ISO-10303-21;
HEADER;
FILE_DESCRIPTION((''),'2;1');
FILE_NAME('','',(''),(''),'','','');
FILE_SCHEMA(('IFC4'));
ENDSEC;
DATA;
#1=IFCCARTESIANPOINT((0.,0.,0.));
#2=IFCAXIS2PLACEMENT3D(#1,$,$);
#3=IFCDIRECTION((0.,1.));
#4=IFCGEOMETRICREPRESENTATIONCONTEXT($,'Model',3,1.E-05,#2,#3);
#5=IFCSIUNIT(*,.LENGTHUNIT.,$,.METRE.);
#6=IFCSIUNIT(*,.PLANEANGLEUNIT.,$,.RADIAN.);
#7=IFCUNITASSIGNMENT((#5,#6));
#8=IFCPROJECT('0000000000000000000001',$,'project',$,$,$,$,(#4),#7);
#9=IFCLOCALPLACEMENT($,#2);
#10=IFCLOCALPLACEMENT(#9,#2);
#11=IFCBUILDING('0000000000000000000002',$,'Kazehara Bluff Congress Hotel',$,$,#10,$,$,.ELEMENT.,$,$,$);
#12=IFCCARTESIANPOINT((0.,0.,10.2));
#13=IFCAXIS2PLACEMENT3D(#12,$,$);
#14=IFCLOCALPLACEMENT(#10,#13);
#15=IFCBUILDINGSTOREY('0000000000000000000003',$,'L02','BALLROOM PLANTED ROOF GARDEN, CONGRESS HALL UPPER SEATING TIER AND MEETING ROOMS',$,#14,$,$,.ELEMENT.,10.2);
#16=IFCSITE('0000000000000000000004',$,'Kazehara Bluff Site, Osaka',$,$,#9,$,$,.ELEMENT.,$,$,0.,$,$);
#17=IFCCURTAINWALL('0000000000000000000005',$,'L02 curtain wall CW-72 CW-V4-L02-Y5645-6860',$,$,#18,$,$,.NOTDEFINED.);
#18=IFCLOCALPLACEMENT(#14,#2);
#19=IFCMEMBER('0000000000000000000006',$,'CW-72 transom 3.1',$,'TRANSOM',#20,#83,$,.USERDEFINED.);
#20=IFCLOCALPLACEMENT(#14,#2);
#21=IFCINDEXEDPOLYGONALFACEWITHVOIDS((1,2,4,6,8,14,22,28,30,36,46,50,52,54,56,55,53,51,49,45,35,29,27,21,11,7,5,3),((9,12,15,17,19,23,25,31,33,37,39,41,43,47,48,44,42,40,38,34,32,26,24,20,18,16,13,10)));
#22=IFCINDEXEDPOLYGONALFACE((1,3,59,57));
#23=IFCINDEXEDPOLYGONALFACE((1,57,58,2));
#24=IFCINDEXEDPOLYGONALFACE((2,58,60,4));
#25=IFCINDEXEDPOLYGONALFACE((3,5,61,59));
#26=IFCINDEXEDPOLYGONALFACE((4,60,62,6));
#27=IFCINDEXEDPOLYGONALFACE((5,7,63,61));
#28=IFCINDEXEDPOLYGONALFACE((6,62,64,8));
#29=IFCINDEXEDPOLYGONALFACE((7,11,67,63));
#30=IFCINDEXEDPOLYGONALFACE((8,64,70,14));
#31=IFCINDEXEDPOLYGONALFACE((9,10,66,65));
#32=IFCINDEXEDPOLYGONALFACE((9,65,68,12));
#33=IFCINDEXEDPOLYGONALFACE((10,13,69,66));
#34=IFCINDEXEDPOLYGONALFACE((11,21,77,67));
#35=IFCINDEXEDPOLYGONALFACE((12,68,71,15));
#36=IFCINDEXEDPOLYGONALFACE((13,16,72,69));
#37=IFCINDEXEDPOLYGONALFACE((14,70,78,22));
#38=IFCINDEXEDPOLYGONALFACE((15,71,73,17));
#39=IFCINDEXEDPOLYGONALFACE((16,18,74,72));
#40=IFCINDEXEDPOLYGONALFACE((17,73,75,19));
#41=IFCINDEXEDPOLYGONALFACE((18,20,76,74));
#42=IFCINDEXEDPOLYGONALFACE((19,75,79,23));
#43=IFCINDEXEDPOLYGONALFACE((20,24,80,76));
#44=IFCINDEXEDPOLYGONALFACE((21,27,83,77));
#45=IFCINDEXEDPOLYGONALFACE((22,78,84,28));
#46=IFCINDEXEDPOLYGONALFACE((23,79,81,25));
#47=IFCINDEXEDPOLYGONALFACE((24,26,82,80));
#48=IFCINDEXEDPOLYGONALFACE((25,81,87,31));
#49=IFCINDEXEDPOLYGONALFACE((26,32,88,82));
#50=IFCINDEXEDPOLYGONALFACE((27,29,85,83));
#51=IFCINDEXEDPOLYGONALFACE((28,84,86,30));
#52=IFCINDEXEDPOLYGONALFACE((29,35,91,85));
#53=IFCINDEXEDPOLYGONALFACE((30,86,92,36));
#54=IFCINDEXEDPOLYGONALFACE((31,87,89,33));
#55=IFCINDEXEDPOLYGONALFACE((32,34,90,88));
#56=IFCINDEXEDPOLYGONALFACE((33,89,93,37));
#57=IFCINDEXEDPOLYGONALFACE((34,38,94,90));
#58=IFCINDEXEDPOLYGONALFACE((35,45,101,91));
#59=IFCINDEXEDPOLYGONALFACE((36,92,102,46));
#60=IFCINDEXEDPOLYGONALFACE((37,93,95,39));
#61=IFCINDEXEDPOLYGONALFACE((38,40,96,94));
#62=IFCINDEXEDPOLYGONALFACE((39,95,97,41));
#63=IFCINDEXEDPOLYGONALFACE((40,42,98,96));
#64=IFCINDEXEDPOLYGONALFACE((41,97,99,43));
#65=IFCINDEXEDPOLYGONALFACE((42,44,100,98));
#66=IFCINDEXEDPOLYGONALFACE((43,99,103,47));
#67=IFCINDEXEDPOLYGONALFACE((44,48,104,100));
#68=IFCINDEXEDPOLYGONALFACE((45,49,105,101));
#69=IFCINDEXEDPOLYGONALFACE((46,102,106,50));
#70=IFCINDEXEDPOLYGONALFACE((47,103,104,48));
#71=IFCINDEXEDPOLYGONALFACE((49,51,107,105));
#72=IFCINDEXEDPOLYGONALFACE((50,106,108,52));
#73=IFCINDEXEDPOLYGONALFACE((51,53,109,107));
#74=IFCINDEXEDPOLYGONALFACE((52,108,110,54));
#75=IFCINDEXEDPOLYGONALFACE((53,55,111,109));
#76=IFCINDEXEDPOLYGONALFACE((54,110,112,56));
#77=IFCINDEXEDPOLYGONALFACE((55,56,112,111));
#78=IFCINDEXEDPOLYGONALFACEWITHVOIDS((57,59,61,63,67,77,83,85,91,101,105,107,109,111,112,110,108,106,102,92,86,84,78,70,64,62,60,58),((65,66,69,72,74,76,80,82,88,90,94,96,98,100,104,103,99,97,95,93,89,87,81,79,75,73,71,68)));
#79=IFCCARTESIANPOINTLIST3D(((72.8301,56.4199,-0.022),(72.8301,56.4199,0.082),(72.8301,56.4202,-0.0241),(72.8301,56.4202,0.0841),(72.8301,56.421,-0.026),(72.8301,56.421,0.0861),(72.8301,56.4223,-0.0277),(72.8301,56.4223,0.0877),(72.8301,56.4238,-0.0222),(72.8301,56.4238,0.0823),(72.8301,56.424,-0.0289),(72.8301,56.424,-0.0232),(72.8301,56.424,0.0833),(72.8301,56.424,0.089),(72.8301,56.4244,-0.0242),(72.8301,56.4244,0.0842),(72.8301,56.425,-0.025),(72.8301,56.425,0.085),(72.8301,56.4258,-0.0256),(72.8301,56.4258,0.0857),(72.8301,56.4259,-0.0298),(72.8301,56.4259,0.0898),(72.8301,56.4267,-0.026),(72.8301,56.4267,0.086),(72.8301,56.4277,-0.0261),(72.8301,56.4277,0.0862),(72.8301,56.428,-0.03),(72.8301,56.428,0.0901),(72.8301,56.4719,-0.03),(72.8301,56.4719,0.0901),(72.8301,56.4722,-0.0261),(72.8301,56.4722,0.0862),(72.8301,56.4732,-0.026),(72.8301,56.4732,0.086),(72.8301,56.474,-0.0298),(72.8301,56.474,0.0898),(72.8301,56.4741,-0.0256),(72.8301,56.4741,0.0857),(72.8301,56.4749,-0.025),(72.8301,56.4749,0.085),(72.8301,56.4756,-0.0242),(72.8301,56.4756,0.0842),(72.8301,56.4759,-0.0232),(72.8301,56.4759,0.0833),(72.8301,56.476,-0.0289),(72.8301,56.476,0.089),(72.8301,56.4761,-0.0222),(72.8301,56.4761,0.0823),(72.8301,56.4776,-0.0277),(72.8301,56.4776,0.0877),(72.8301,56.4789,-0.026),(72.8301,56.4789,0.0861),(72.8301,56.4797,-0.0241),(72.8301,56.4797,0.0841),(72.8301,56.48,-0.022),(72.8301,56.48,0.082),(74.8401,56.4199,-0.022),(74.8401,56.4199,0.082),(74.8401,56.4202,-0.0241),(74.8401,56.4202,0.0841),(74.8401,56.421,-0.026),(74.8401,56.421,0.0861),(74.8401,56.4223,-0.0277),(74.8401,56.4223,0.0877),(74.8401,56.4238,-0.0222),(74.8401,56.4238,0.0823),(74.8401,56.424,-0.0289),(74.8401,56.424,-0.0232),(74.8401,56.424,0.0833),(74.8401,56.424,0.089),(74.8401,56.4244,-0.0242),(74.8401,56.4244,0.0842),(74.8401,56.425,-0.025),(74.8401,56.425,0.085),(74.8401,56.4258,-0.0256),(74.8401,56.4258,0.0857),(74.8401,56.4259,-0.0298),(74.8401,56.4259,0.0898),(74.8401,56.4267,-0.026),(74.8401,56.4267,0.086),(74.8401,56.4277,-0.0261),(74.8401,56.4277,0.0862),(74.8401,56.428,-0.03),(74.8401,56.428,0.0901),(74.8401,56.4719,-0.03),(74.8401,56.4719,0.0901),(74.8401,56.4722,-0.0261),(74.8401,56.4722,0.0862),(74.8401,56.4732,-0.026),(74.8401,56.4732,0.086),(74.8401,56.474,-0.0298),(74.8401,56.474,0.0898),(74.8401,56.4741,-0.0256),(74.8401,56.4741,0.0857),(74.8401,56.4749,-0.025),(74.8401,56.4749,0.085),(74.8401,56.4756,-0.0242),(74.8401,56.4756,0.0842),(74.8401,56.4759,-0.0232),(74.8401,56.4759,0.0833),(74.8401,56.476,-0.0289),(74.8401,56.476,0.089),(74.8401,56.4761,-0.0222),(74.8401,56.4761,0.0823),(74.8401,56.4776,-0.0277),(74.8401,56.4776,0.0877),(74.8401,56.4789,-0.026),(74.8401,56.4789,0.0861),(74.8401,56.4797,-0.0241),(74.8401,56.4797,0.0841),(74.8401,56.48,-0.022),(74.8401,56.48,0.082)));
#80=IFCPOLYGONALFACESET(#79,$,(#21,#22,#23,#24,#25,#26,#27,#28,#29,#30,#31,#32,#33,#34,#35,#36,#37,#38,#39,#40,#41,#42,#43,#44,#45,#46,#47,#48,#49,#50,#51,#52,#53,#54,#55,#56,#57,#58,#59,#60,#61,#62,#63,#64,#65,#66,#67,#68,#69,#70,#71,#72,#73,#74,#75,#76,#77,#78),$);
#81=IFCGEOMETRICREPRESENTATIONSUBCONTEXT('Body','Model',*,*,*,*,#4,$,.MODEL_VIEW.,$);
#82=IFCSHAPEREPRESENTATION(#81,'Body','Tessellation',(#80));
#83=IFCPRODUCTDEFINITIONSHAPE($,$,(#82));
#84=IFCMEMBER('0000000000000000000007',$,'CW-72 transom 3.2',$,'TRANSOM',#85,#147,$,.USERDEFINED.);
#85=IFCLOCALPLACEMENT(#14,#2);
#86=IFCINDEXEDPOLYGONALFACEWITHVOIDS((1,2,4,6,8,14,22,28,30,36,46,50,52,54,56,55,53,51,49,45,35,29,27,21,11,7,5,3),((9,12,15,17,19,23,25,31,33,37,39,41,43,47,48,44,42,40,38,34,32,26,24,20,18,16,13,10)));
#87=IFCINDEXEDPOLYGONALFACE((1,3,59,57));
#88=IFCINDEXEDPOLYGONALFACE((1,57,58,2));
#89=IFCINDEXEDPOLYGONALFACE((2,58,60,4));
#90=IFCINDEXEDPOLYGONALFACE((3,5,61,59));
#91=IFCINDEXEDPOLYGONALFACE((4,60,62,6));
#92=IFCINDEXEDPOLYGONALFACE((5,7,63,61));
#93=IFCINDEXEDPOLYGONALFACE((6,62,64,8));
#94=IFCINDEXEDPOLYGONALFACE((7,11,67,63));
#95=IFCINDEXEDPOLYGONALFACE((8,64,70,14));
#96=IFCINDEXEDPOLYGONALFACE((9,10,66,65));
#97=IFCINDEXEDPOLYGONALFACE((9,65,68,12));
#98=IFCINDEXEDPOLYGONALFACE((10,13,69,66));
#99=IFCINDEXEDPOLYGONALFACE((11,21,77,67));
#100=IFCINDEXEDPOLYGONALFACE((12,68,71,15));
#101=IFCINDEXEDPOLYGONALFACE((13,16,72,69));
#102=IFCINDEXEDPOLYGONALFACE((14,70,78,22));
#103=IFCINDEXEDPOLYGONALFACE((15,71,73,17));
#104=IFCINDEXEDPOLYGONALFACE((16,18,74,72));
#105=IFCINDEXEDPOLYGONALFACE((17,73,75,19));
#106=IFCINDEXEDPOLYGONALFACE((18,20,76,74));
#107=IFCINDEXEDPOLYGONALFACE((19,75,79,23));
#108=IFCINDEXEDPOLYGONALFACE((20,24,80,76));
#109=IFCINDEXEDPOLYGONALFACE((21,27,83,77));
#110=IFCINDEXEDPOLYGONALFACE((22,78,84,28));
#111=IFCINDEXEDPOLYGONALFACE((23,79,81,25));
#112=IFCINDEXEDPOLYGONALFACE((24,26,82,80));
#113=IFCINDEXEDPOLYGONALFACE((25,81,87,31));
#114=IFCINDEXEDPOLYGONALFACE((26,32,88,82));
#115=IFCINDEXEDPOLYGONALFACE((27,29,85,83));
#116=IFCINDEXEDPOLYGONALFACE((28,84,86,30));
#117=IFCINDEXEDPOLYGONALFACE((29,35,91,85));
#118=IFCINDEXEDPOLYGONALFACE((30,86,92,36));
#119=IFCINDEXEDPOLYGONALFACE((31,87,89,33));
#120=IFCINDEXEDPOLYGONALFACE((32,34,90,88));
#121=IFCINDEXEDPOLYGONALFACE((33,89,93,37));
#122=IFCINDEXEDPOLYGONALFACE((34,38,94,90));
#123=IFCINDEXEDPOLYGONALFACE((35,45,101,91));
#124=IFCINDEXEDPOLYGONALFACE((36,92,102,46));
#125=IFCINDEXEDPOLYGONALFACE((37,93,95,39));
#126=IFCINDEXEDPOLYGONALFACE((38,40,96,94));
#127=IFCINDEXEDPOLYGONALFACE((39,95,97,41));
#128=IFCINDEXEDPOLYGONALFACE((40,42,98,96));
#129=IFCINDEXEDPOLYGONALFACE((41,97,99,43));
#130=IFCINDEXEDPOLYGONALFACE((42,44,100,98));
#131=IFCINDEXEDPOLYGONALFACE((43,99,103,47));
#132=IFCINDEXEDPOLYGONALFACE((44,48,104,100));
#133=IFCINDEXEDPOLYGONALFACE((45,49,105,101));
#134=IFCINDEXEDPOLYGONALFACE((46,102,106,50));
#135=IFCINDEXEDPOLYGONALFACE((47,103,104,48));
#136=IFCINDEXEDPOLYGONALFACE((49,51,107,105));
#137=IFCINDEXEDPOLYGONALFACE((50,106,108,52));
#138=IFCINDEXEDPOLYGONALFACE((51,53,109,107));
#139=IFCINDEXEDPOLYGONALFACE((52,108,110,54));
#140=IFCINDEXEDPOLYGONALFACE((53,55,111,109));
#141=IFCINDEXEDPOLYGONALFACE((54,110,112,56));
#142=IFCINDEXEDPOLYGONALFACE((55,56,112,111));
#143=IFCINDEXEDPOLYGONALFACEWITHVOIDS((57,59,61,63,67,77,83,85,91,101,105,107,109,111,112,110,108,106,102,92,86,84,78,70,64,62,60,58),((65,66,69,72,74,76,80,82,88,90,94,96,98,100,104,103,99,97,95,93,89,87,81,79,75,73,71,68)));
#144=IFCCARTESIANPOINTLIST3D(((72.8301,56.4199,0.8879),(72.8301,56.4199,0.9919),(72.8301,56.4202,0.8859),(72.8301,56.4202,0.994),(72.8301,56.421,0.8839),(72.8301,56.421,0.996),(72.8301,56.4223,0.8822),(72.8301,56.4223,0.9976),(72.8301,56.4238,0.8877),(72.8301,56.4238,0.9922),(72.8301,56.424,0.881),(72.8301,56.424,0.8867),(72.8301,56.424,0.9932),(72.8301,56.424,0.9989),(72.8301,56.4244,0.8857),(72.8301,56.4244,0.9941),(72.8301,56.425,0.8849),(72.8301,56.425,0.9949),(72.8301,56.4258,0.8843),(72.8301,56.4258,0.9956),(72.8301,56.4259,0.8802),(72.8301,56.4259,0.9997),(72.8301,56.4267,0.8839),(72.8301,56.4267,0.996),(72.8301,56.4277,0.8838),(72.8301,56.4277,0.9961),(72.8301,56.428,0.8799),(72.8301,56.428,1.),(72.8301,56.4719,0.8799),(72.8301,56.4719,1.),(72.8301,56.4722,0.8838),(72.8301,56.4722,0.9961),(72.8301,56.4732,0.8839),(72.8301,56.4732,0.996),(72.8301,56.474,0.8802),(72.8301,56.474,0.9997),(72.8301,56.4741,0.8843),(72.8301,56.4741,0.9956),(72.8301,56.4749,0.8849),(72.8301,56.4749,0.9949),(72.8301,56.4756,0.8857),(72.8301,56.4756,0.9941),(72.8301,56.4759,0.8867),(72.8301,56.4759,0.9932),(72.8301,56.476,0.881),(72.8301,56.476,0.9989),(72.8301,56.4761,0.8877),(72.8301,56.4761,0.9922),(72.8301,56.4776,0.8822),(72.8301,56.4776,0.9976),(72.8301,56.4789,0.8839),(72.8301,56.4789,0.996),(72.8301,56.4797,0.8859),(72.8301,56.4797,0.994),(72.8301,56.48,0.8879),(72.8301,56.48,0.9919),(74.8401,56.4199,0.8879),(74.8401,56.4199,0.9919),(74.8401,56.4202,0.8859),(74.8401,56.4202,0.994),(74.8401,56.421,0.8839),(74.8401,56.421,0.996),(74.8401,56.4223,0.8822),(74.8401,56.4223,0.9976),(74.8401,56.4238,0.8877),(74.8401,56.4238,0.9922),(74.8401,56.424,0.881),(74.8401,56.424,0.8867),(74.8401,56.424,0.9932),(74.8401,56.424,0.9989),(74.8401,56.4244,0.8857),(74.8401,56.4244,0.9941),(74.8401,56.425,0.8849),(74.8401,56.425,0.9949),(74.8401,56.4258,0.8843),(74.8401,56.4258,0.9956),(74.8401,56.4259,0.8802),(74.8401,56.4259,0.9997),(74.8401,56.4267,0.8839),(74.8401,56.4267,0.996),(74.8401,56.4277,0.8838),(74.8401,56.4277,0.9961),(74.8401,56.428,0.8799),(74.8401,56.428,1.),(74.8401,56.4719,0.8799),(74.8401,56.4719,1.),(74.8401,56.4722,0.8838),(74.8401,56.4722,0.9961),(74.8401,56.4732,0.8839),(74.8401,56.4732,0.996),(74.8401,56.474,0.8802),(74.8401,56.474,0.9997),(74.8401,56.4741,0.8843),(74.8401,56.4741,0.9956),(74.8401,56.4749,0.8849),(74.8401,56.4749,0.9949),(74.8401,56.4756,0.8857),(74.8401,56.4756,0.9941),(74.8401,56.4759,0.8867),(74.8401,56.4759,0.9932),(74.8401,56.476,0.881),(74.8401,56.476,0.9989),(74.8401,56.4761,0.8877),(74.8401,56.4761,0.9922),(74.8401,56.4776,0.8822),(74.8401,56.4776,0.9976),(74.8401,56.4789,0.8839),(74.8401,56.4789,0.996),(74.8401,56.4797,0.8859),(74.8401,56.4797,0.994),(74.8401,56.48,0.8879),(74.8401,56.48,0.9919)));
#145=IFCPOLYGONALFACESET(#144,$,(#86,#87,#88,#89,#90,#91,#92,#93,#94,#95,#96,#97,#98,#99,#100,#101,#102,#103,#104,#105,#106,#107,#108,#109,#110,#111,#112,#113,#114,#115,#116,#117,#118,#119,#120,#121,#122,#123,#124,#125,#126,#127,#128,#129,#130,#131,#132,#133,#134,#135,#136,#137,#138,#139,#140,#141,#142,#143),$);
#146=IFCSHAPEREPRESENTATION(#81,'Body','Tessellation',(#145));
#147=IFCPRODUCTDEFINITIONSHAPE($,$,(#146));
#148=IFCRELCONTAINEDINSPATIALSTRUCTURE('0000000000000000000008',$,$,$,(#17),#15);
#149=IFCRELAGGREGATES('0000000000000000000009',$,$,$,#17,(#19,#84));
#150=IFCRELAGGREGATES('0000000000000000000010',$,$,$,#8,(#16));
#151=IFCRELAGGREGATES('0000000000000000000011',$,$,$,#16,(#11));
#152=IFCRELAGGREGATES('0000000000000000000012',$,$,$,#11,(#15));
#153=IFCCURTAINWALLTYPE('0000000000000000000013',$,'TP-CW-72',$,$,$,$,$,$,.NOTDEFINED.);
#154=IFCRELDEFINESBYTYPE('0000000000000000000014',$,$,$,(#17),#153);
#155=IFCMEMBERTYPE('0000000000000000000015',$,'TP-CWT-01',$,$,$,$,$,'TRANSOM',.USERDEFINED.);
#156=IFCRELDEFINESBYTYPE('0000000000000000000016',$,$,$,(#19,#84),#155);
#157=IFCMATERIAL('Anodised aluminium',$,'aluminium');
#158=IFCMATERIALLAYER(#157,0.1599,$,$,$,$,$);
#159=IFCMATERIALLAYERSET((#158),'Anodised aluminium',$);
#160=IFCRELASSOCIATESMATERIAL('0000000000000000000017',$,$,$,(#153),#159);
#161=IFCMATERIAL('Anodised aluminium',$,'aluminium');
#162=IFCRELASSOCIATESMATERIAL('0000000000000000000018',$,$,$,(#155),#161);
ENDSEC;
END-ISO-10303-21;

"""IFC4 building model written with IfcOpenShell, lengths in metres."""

from ifc_helpers import new_model, si_unit, direction, frame, origin, origin_2d, place, context, subcontext, project, spatial, hollow_rectangle, extrude, material, layer, layer_set, material_profile, profile_set, type_object, element, aggregate, save


model = new_model("IFC4")

# Units and contexts
model_context = context("Model", 3, precision=1e-05, world=origin(), true_north=direction((0.0, 1.0)))
body_context = subcontext(model_context, "Body", "Model", "MODEL_VIEW")
ifc_project = project(units=[si_unit("LENGTHUNIT", "METRE"), si_unit("PLANEANGLEUNIT", "RADIAN")], contexts=[model_context])

# Site, building, storey
site_placement = place(None, origin())
site = spatial("IfcSite", under=ifc_project, at=site_placement, Name="Kazehara Bluff Site, Osaka", CompositionType="ELEMENT", RefElevation=0.0)
building_placement = place(site_placement, origin())
building = spatial("IfcBuilding", under=site, at=building_placement, Name="Kazehara Bluff Congress Hotel", CompositionType="ELEMENT")
storey_placement = place(building_placement, frame((0.0, 0.0, 10.2)))
storey = spatial("IfcBuildingStorey", under=building, at=storey_placement, Name="L02", Description="BALLROOM PLANTED ROOF GARDEN, CONGRESS HALL UPPER SEATING TIER AND MEETING ROOMS", CompositionType="ELEMENT", Elevation=10.2)

# Curtain wall, members
ifc_material_1 = material(Name="Anodised aluminium", Category="aluminium")
ifc_layer_1 = layer(ifc_material_1, 0.1599)
ifc_layer_set_1 = layer_set([ifc_layer_1], Name="Anodised aluminium")
curtain_wall_type = type_object("IfcCurtainWallType", Name="TP-CW-72", PredefinedType="NOTDEFINED", material=ifc_layer_set_1)
curtain_wall_placement = place(storey_placement, origin())
curtain_wall = element("IfcCurtainWall", 1, at=curtain_wall_placement, inside=storey, type_object=curtain_wall_type, Name="L02 curtain wall CW-72 CW-V4-L02-Y5645-6860", PredefinedType="NOTDEFINED")
ifc_material_2 = material(Name="Anodised aluminium", Category="aluminium")
ifc_material_profile_1 = material_profile(ifc_material_2, hollow_rectangle(XDim=0.0601, YDim=0.1201, WallThickness=0.0039, InnerFilletRadius=0.0039, OuterFilletRadius=0.0081, at=origin_2d()))
ifc_profile_set_1 = profile_set([ifc_material_profile_1], Name="Anodised aluminium")
member_type_1 = type_object("IfcMemberType", Name="TP-CWT-01", ElementType="TRANSOM", PredefinedType="USERDEFINED", material=ifc_profile_set_1)
member_1_placement = place(storey_placement, frame((72.8301, 56.45, 0.03), z_axis=(1.0, 0.0, 0.0), x_axis=(0.0, 1.0, 0.0)))
member_1 = element("IfcMember", 2, at=member_1_placement, type_object=member_type_1, Name="CW-72 transom 3.1", ObjectType="TRANSOM", PredefinedType="USERDEFINED", context=body_context, shape_type="SweptSolid", body=[
    extrude(hollow_rectangle(XDim=0.0601, YDim=0.1201, WallThickness=0.0039, InnerFilletRadius=0.0039, OuterFilletRadius=0.0081, at=origin_2d()), origin(), (0.0, 0.0, 1.0), 2.01),
])
member_2_placement = place(storey_placement, frame((72.8301, 56.45, 0.9399), z_axis=(1.0, 0.0, 0.0), x_axis=(0.0, 1.0, 0.0)))
member_2 = element("IfcMember", 3, at=member_2_placement, type_object=member_type_1, Name="CW-72 transom 3.2", ObjectType="TRANSOM", PredefinedType="USERDEFINED", context=body_context, shape_type="SweptSolid", body=[
    extrude(hollow_rectangle(XDim=0.0601, YDim=0.1201, WallThickness=0.0039, InnerFilletRadius=0.0039, OuterFilletRadius=0.0081, at=origin_2d()), origin(), (0.0, 0.0, 1.0), 2.01),
])
aggregate(curtain_wall, [member_1, member_2])

save(model, "model.ifc")
